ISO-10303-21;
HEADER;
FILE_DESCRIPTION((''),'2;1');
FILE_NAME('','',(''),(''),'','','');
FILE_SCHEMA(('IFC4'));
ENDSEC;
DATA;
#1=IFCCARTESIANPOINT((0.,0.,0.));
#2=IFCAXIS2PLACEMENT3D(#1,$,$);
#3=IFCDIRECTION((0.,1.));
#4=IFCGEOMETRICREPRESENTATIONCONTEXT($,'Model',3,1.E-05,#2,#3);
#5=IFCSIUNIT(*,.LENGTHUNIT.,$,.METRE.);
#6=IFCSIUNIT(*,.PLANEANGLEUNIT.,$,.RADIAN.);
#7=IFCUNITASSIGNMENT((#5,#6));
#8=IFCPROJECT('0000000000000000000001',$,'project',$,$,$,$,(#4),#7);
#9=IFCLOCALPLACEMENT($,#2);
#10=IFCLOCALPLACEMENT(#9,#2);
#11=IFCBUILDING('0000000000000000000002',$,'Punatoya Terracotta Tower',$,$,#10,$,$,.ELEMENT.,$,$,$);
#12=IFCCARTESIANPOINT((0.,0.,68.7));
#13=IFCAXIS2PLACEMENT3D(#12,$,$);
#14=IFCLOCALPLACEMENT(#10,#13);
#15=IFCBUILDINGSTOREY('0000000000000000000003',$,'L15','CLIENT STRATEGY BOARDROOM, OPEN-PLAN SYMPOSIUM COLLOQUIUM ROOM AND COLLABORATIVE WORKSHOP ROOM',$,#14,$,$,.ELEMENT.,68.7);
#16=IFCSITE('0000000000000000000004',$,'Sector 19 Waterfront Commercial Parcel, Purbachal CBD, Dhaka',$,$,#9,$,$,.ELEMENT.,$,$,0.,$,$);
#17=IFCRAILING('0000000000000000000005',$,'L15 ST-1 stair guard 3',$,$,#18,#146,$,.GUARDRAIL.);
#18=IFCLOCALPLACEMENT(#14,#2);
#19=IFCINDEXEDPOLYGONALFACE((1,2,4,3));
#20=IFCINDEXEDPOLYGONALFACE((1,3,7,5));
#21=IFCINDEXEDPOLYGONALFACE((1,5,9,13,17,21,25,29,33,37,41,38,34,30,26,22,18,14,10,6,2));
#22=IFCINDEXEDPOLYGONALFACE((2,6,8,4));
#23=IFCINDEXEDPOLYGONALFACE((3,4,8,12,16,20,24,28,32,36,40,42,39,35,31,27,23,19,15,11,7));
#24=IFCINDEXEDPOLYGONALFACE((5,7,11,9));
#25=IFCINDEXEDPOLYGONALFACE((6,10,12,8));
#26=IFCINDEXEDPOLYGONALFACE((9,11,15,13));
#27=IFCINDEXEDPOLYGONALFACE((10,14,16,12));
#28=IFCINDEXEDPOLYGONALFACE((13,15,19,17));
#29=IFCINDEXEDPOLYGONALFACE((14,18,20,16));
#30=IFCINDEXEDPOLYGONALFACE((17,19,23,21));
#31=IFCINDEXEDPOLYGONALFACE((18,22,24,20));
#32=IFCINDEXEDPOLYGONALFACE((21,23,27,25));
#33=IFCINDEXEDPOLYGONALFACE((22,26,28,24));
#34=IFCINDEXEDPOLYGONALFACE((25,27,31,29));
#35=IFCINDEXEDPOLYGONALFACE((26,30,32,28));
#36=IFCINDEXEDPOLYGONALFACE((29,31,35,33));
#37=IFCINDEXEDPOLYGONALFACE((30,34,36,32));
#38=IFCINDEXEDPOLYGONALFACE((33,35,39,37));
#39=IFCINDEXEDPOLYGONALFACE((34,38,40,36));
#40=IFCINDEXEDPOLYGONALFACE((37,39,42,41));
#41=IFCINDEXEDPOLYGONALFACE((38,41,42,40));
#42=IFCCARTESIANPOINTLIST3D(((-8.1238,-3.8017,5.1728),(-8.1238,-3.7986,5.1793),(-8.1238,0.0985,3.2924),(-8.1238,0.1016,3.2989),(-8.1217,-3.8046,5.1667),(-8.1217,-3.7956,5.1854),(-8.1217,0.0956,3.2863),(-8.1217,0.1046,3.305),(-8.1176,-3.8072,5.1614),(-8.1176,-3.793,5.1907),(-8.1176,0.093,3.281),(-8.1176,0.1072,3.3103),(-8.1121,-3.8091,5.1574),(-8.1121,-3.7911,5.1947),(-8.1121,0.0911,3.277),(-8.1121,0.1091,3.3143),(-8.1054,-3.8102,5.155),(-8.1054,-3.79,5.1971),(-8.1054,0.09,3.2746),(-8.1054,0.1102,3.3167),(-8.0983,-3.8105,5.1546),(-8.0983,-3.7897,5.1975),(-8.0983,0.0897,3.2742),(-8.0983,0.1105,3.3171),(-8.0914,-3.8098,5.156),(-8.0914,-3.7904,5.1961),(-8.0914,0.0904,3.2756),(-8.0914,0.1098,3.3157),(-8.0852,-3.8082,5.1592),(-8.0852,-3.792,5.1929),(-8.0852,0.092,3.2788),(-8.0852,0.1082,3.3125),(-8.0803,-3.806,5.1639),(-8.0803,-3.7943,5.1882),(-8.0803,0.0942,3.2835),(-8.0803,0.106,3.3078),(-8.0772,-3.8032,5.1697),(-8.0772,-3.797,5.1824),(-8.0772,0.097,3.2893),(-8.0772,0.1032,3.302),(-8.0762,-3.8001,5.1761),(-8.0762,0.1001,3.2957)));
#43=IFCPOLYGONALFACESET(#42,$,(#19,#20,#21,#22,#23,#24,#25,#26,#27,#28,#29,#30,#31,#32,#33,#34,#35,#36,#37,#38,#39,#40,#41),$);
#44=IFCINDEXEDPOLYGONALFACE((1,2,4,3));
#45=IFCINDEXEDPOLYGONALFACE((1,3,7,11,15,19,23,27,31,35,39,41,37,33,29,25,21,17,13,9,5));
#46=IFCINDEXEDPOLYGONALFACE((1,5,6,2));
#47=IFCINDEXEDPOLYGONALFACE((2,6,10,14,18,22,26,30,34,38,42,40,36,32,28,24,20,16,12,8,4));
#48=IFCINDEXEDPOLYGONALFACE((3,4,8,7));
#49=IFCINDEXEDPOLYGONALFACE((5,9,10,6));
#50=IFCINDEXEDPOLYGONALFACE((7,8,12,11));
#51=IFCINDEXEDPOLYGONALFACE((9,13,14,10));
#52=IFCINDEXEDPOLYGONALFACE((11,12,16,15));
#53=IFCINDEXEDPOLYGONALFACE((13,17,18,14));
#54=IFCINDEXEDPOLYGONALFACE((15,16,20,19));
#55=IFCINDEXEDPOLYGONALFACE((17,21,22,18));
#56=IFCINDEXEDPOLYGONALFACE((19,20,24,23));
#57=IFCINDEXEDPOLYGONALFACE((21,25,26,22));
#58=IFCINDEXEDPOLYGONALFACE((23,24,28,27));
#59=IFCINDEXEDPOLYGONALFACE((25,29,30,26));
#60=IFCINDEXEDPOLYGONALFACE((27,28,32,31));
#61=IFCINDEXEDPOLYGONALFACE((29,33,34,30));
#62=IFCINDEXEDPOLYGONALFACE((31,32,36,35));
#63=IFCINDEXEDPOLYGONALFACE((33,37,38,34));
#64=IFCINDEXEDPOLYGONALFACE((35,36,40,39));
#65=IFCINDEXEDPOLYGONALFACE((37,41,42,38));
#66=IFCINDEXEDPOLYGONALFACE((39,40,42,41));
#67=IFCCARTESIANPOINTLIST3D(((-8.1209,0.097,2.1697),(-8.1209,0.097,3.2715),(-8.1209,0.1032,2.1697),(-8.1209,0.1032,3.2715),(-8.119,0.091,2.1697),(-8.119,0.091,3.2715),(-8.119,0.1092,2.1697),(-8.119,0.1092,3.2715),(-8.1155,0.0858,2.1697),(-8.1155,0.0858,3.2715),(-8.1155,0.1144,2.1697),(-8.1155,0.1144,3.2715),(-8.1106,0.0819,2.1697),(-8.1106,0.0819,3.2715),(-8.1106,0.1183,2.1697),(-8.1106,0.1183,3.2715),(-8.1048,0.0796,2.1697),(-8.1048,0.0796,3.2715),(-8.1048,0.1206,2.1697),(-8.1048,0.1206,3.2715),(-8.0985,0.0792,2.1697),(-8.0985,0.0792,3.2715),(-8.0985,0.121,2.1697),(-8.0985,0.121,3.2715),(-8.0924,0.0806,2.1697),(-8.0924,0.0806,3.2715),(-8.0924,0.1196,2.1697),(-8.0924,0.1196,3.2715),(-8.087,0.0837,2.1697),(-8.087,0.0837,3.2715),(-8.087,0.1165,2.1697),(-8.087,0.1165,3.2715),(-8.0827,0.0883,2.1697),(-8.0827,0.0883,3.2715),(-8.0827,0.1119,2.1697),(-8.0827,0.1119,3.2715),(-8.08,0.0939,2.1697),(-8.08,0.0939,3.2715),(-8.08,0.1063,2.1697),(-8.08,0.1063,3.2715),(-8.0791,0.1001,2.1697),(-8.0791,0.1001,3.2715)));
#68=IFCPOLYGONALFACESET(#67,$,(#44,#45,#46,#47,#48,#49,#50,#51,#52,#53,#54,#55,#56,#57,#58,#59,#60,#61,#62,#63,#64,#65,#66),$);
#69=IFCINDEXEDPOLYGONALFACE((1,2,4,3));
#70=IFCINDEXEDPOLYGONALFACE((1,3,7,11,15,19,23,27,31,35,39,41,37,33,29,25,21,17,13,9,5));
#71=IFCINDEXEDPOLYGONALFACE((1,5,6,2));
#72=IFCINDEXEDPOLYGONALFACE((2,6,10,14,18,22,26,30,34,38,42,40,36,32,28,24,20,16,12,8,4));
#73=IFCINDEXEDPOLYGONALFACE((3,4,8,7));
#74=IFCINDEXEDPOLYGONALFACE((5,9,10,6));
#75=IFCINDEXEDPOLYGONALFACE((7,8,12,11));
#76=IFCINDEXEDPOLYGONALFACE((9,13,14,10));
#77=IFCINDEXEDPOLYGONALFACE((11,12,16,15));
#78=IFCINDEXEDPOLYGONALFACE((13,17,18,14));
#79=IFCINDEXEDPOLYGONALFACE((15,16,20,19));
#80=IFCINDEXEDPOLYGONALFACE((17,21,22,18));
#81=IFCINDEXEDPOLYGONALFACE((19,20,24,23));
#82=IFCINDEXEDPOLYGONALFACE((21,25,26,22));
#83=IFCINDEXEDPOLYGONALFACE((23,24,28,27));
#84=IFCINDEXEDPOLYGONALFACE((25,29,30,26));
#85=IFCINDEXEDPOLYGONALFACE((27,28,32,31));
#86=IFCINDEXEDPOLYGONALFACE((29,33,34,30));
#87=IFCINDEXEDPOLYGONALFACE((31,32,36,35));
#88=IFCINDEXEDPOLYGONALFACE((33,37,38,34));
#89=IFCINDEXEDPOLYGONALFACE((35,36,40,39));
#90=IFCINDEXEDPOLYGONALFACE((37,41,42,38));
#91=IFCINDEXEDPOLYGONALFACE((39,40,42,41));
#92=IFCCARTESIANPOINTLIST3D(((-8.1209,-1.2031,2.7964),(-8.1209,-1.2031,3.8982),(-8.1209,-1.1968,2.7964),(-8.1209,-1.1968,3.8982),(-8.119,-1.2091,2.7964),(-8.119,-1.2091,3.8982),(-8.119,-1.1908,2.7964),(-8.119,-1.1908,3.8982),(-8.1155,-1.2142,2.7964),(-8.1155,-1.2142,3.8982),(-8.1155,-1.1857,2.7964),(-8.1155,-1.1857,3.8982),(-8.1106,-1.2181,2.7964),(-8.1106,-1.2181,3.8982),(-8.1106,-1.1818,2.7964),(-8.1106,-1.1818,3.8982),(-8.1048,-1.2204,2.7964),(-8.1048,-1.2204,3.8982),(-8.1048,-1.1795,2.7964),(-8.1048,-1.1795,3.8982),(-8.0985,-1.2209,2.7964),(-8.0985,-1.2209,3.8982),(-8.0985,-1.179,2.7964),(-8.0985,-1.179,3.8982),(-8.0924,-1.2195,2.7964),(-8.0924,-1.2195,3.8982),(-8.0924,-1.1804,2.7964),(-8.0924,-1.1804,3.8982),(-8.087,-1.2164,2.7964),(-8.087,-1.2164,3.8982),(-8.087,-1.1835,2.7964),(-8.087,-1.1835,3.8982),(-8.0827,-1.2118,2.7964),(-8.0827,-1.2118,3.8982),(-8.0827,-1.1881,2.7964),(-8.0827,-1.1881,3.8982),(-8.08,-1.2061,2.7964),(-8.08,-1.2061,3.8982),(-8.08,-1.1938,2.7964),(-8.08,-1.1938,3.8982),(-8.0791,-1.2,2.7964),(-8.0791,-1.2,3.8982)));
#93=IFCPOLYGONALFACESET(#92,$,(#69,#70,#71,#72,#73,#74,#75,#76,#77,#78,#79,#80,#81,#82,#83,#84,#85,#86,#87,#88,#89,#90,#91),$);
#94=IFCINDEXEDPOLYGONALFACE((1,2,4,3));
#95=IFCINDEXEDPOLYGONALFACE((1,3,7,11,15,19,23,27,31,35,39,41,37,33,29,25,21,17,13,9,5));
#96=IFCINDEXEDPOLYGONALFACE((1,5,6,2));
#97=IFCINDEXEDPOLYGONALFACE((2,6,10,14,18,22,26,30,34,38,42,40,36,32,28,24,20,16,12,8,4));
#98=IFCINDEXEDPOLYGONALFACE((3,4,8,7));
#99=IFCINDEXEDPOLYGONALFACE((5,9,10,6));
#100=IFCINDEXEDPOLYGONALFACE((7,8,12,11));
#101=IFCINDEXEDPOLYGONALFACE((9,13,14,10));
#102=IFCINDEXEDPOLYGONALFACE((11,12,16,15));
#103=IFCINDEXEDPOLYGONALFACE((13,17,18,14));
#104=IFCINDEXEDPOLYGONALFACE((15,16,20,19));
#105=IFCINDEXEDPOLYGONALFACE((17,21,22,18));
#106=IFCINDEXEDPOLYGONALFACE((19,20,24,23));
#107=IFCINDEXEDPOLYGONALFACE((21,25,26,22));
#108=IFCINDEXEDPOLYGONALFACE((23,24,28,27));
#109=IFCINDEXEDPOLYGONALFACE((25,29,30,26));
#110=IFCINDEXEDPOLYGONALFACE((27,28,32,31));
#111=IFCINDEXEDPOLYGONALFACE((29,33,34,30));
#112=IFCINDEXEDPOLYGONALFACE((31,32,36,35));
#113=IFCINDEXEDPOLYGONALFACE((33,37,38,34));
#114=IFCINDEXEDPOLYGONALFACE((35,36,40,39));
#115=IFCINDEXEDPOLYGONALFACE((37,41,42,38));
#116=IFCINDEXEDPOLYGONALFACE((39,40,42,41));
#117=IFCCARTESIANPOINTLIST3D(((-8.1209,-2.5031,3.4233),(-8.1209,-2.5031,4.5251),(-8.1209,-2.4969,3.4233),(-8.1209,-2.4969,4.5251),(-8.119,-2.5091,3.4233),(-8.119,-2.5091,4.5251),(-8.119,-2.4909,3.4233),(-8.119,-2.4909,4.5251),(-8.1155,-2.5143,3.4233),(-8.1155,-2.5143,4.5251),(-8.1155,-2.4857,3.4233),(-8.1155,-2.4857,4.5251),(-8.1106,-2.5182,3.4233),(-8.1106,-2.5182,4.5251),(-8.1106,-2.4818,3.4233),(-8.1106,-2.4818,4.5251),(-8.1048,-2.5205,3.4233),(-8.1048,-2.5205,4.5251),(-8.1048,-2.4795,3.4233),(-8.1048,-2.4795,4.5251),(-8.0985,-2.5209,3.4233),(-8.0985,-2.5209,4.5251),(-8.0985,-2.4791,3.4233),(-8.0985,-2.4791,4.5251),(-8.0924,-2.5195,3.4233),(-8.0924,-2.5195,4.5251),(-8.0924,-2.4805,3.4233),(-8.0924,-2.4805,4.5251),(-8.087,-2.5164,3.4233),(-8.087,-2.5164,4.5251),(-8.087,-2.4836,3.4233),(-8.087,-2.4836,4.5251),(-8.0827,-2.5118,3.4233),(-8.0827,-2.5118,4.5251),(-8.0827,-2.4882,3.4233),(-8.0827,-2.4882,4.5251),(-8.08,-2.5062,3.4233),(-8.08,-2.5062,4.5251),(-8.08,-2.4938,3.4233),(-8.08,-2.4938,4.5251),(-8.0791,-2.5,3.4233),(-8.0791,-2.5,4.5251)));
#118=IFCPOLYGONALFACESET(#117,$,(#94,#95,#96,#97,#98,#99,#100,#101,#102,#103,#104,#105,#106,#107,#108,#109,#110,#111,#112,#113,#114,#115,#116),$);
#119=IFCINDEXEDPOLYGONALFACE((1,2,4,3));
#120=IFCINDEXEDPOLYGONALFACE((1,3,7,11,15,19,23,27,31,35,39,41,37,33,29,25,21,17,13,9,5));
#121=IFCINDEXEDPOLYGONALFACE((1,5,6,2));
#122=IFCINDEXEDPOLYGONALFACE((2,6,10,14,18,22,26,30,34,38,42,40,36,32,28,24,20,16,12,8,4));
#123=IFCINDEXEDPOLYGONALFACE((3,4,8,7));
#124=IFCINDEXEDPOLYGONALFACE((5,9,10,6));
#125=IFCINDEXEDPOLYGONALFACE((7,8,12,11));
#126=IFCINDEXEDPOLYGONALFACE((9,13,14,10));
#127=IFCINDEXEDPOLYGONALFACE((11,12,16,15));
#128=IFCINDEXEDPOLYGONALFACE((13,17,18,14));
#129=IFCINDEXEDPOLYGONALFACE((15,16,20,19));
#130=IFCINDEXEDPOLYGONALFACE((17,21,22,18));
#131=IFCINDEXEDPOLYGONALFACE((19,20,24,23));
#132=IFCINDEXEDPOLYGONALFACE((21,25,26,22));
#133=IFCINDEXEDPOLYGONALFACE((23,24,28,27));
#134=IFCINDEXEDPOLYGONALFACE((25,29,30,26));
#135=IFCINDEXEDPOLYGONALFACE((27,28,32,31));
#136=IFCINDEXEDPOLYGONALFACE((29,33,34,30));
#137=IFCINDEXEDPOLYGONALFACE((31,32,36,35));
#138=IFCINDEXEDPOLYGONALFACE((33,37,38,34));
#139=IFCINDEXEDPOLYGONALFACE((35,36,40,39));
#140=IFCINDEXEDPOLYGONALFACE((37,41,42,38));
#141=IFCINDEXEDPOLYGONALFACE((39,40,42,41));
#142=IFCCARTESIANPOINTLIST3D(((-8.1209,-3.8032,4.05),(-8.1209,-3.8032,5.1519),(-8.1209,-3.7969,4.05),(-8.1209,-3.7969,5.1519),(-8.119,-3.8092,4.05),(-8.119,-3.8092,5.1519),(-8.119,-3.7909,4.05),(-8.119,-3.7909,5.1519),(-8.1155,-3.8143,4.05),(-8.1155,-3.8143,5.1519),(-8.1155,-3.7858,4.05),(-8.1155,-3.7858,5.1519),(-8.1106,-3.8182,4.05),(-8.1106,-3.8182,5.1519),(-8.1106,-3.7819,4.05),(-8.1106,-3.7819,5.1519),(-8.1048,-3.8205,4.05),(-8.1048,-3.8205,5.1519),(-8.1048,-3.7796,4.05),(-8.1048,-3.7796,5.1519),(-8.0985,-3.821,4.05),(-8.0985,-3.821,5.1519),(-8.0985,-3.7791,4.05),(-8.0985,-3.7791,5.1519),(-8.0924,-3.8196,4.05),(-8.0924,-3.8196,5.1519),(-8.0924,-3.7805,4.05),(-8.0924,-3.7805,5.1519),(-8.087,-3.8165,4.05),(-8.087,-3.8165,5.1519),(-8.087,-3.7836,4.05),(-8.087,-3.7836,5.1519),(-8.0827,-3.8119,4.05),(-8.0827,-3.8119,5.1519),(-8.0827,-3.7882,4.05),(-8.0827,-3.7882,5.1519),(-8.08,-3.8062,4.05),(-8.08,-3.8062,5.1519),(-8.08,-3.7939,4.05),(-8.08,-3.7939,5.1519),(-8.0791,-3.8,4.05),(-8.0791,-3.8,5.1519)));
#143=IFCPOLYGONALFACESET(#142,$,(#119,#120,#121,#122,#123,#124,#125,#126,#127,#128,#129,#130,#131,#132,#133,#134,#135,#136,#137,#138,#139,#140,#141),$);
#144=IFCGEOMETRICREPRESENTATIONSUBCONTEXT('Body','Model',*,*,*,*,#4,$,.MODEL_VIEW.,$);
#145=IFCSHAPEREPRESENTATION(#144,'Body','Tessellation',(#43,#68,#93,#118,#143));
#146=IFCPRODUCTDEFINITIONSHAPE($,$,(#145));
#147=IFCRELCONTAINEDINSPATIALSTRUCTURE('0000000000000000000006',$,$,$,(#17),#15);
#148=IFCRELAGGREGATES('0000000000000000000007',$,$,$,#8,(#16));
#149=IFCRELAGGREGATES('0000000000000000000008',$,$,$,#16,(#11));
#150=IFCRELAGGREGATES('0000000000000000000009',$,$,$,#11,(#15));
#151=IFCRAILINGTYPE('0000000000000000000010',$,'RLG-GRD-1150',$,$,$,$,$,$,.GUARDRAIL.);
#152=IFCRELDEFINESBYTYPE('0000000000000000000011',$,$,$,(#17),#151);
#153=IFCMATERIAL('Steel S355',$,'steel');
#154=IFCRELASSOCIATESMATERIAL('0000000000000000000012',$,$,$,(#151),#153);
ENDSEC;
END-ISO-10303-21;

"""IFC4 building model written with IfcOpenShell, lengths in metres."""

from ifc_helpers import new_model, si_unit, direction, frame, origin, origin_2d, place, context, subcontext, project, spatial, circle, extrude, material, type_object, element, save


model = new_model("IFC4")

# Units and contexts
model_context = context("Model", 3, precision=1e-05, world=origin(), true_north=direction((0.0, 1.0)))
body_context = subcontext(model_context, "Body", "Model", "MODEL_VIEW")
ifc_project = project(units=[si_unit("LENGTHUNIT", "METRE"), si_unit("PLANEANGLEUNIT", "RADIAN")], contexts=[model_context])

# Site, building, storey
site_placement = place(None, origin())
site = spatial("IfcSite", under=ifc_project, at=site_placement, Name="Sector 19 Waterfront Commercial Parcel, Purbachal CBD, Dhaka", CompositionType="ELEMENT", RefElevation=0.0)
building_placement = place(site_placement, origin())
building = spatial("IfcBuilding", under=site, at=building_placement, Name="Punatoya Terracotta Tower", CompositionType="ELEMENT")
storey_placement = place(building_placement, frame((0.0, 0.0, 68.7)))
storey = spatial("IfcBuildingStorey", under=building, at=storey_placement, Name="L15", Description="CLIENT STRATEGY BOARDROOM, OPEN-PLAN SYMPOSIUM COLLOQUIUM ROOM AND COLLABORATIVE WORKSHOP ROOM", CompositionType="ELEMENT", Elevation=68.7)

# Shared definitions
ifc_material_1 = material(Name="Steel S355", Category="steel")

# Railing
railing_type_1 = type_object("IfcRailingType", Name="RLG-GRD-1150", PredefinedType="GUARDRAIL", material=ifc_material_1)
railing_1_placement = place(storey_placement, frame((-8.1001, 0.1001, 2.1697)))
element("IfcRailing", 1, at=railing_1_placement, inside=storey, type_object=railing_type_1, Name="L15 ST-1 stair guard 3", PredefinedType="GUARDRAIL", context=body_context, shape_type="SweptSolid", body=[
    extrude(circle(Radius=0.0239, at=origin_2d()), frame((0.0, 0.0, 1.126), z_axis=(0.0, -0.900774, 0.434289), x_axis=(1.0, 0.0, 0.0)), (0.0, 0.0, 1.0), 4.3298),
    extrude(circle(Radius=0.021, at=origin_2d()), origin(), (0.0, 0.0, 1.0), 1.1018),
    extrude(circle(Radius=0.021, at=origin_2d()), frame((0.0, -1.3, 0.6267)), (0.0, 0.0, 1.0), 1.1018),
    extrude(circle(Radius=0.021, at=origin_2d()), frame((0.0, -2.6001, 1.2537)), (0.0, 0.0, 1.0), 1.1018),
    extrude(circle(Radius=0.021, at=origin_2d()), frame((0.0, -3.9001, 1.8804)), (0.0, 0.0, 1.0), 1.1018),
])

save(model, "model.ifc")
